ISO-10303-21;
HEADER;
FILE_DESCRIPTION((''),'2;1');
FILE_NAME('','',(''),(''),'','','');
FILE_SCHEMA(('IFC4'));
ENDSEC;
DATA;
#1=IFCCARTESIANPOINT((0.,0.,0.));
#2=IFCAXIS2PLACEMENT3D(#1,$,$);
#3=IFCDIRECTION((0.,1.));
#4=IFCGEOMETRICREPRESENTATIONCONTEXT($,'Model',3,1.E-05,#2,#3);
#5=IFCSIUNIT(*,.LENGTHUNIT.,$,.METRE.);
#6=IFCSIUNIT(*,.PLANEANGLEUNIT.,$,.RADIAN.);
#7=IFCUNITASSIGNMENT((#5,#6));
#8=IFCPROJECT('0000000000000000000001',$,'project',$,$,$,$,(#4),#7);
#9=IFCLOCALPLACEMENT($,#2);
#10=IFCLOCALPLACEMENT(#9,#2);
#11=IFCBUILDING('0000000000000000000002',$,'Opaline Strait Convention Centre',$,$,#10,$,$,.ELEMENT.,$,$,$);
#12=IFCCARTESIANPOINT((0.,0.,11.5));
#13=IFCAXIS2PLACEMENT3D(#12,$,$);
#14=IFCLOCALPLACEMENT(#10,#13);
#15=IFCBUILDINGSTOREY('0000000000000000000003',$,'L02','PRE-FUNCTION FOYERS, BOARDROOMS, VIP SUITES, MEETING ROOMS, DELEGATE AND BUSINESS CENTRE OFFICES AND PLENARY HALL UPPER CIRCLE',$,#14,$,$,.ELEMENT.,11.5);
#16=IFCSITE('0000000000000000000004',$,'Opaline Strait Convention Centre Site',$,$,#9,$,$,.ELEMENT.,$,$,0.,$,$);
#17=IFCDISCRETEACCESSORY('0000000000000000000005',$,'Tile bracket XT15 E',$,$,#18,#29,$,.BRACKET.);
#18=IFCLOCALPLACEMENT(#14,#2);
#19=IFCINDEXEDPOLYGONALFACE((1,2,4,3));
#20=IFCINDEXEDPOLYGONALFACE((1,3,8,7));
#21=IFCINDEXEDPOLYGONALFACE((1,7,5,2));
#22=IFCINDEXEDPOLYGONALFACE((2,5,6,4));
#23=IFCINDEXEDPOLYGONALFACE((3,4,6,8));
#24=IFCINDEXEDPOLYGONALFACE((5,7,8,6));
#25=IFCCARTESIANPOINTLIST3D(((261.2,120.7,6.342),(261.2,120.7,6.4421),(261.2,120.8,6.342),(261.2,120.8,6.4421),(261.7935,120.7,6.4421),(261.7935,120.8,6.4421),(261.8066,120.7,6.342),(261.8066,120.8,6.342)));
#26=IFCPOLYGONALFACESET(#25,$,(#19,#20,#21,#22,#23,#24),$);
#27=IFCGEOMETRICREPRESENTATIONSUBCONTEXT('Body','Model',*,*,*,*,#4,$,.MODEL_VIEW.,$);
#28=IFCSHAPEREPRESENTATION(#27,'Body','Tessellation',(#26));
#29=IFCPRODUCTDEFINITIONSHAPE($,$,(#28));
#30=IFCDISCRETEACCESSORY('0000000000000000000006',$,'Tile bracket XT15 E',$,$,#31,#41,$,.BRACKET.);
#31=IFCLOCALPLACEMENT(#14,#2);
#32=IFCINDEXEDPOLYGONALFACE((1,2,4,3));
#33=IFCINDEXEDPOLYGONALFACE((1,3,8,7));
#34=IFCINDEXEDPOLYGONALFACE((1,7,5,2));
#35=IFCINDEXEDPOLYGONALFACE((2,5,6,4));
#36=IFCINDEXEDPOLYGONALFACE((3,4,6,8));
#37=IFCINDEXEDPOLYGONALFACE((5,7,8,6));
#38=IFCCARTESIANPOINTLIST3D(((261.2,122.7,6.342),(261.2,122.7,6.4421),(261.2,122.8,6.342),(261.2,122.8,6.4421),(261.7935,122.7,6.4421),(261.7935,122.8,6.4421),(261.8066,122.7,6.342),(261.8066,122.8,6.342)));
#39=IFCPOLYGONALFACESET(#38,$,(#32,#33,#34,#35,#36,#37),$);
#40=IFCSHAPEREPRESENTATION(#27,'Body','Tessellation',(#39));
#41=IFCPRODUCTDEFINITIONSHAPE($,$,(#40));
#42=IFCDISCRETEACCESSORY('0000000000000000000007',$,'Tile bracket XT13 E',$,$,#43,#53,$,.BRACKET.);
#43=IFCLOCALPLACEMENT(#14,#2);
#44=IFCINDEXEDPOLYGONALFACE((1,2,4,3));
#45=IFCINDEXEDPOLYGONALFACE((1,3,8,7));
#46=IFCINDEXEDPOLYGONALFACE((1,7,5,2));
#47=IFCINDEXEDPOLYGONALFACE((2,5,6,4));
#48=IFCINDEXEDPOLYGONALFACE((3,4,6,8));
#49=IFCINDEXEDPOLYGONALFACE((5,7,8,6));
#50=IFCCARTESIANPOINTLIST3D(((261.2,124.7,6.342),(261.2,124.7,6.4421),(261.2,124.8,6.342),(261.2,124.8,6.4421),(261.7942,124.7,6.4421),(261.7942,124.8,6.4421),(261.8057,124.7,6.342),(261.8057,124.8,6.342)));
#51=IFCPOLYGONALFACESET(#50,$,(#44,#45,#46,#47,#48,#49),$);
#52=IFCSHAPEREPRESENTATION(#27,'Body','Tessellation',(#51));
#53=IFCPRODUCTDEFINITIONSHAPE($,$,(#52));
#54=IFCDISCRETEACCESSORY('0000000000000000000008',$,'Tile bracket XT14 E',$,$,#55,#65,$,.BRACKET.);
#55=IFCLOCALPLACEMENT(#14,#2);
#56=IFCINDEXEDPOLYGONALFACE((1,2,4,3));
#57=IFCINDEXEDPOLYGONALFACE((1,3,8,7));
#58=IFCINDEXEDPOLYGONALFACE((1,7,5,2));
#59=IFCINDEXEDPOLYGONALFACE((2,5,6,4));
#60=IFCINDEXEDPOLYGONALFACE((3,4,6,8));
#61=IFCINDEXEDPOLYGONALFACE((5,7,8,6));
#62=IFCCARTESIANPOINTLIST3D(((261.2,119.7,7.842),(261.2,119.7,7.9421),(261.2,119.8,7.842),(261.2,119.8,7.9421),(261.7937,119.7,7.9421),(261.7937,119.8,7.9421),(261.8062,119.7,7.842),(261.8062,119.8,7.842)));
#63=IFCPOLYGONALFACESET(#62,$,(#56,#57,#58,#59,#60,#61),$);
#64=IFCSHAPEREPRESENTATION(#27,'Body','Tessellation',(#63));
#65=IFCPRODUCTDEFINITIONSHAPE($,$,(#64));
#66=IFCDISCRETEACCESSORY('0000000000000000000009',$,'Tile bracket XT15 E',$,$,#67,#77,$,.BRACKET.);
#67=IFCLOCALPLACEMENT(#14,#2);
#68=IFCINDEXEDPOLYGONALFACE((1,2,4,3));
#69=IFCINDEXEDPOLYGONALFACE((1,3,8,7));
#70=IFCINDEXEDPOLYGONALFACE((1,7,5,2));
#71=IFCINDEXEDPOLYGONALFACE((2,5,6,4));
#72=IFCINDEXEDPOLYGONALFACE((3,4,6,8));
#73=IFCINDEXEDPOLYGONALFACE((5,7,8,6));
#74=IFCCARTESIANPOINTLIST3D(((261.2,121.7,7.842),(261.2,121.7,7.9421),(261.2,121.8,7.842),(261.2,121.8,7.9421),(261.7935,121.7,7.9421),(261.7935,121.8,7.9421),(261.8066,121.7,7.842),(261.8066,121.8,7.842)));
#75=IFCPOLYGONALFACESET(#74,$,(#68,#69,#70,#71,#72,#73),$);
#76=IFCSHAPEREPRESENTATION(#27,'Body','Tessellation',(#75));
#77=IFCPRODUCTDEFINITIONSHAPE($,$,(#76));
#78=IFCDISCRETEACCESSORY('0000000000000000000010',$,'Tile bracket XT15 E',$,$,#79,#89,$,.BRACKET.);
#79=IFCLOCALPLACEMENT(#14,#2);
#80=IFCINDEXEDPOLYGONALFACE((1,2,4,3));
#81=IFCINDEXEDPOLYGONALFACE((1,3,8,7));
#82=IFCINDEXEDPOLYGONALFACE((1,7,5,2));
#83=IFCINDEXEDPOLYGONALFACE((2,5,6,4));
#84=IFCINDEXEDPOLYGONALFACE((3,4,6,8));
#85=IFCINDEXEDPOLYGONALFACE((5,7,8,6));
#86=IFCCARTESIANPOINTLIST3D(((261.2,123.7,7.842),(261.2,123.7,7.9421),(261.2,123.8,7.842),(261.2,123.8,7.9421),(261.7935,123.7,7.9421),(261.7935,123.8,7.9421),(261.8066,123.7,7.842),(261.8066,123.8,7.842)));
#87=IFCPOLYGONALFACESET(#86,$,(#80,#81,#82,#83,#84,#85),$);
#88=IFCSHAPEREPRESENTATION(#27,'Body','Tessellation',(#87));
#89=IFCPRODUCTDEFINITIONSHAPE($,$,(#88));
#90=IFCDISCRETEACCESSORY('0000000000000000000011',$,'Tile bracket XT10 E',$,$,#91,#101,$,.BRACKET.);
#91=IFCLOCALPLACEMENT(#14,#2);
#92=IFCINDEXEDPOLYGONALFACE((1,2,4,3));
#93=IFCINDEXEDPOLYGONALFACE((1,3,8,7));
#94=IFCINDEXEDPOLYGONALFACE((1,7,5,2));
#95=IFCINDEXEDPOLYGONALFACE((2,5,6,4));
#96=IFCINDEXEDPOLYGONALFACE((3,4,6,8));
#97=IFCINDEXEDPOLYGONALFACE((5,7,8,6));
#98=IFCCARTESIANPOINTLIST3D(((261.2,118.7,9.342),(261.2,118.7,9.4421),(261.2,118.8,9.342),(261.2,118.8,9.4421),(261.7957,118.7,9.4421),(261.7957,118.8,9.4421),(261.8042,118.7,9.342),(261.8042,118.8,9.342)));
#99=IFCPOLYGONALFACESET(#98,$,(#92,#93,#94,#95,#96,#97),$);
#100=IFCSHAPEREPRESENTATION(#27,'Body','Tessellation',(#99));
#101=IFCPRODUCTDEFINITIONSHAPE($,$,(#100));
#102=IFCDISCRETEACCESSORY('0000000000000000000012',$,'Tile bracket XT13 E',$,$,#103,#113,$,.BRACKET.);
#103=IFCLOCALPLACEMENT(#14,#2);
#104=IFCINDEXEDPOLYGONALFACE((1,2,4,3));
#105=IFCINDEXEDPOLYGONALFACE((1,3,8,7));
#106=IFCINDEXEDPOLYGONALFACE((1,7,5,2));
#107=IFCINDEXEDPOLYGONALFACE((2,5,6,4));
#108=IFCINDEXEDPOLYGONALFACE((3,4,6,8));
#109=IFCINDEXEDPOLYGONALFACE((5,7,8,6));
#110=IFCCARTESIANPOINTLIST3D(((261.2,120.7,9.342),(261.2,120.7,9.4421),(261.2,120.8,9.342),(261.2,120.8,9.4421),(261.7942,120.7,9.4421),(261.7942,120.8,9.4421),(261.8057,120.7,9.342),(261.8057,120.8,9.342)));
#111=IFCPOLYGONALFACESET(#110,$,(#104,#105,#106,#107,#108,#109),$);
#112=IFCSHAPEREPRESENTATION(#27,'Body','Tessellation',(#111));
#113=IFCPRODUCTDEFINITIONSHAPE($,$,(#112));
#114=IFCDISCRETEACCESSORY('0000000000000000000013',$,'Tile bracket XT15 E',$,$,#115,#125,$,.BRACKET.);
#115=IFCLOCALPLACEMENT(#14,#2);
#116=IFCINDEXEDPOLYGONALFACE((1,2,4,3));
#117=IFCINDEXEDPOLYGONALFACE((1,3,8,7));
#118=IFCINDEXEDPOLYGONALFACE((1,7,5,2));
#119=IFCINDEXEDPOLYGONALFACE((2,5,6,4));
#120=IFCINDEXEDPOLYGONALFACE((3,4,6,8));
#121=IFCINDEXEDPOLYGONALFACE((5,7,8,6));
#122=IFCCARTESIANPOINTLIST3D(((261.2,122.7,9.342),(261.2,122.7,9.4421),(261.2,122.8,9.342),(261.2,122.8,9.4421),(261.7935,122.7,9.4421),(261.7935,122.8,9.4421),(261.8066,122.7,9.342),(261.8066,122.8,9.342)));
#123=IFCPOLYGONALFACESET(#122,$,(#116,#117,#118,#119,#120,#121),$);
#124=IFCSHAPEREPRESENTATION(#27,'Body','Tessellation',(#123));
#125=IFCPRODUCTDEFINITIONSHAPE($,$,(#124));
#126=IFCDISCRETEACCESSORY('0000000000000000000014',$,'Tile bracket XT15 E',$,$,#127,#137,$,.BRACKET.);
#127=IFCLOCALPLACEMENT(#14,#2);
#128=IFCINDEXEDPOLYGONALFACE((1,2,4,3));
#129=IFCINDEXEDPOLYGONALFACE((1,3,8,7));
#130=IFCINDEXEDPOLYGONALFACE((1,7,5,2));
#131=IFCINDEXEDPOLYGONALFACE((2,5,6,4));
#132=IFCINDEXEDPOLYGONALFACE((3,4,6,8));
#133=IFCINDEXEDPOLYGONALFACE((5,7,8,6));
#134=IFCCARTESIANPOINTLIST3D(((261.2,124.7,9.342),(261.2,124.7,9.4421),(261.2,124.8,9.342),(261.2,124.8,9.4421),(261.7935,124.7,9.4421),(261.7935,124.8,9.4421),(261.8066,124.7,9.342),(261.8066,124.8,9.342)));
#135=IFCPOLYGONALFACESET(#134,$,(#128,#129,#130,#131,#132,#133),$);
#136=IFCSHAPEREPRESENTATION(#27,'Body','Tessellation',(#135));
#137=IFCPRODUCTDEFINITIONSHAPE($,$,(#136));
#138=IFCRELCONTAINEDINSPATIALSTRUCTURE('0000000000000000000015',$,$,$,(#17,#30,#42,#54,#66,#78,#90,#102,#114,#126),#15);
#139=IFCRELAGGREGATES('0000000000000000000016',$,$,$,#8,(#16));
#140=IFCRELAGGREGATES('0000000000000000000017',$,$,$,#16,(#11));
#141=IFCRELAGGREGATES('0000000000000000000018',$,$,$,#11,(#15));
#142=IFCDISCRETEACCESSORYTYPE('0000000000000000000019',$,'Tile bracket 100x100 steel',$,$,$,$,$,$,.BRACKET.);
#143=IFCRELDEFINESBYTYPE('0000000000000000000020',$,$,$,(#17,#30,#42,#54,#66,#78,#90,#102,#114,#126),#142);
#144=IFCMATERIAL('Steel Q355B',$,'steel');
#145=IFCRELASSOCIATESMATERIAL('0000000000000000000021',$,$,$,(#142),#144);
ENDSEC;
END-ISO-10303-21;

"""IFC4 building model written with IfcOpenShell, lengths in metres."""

from ifc_helpers import new_model, si_unit, direction, frame, origin, place, context, subcontext, project, spatial, polyline, outline, extrude, material, type_object, element, save


model = new_model("IFC4")

# Units and contexts
model_context = context("Model", 3, precision=1e-05, world=origin(), true_north=direction((0.0, 1.0)))
body_context = subcontext(model_context, "Body", "Model", "MODEL_VIEW")
ifc_project = project(units=[si_unit("LENGTHUNIT", "METRE"), si_unit("PLANEANGLEUNIT", "RADIAN")], contexts=[model_context])

# Site, building, storey
site_placement = place(None, origin())
site = spatial("IfcSite", under=ifc_project, at=site_placement, Name="Opaline Strait Convention Centre Site", CompositionType="ELEMENT", RefElevation=0.0)
building_placement = place(site_placement, origin())
building = spatial("IfcBuilding", under=site, at=building_placement, Name="Opaline Strait Convention Centre", CompositionType="ELEMENT")
storey_placement = place(building_placement, frame((0.0, 0.0, 11.5)))
storey = spatial("IfcBuildingStorey", under=building, at=storey_placement, Name="L02", Description="PRE-FUNCTION FOYERS, BOARDROOMS, VIP SUITES, MEETING ROOMS, DELEGATE AND BUSINESS CENTRE OFFICES AND PLENARY HALL UPPER CIRCLE", CompositionType="ELEMENT", Elevation=11.5)

# Shared definitions
ifc_material_1 = material(Name="Steel Q355B", Category="steel")

# Discrete accessories
discrete_accessory_type = type_object("IfcDiscreteAccessoryType", Name="Tile bracket 100x100 steel", PredefinedType="BRACKET", material=ifc_material_1)
for number, where, z_axis, x_axis, name in (
    (1, (261.2, 120.7, 6.3921), (0.0, 1.0, 0.0), (-1.0, 0.0, 0.0), "Tile bracket XT15 E"),
    (2, (261.2, 122.7, 6.3921), (0.0, 1.0, 0.0), (-1.0, 0.0, 0.0), "Tile bracket XT15 E"),
):
    element("IfcDiscreteAccessory", number, at=place(storey_placement, frame(where, z_axis=z_axis, x_axis=x_axis)), inside=storey, type_object=discrete_accessory_type, Name=name, PredefinedType="BRACKET", context=body_context, shape_type="SweptSolid", body=[
        extrude(outline(polyline([(0.0, -0.05), (0.0, 0.05), (-0.5935, 0.05), (-0.6067, -0.05), (0.0, -0.05)])), origin(), (0.0, 0.0, 1.0), 0.1001),
    ])
discrete_accessory_1_placement = place(storey_placement, frame((261.2, 124.7, 6.3921), z_axis=(0.0, 1.0, 0.0), x_axis=(-1.0, 0.0, 0.0)))
element("IfcDiscreteAccessory", 3, at=discrete_accessory_1_placement, inside=storey, type_object=discrete_accessory_type, Name="Tile bracket XT13 E", PredefinedType="BRACKET", context=body_context, shape_type="SweptSolid", body=[
    extrude(outline(polyline([(0.0, -0.05), (0.0, 0.05), (-0.5942, 0.05), (-0.6057, -0.05), (0.0, -0.05)])), origin(), (0.0, 0.0, 1.0), 0.1001),
])
discrete_accessory_2_placement = place(storey_placement, frame((261.2, 119.7, 7.8921), z_axis=(0.0, 1.0, 0.0), x_axis=(-1.0, 0.0, 0.0)))
element("IfcDiscreteAccessory", 4, at=discrete_accessory_2_placement, inside=storey, type_object=discrete_accessory_type, Name="Tile bracket XT14 E", PredefinedType="BRACKET", context=body_context, shape_type="SweptSolid", body=[
    extrude(outline(polyline([(0.0, -0.05), (0.0, 0.05), (-0.5938, 0.05), (-0.6062, -0.05), (0.0, -0.05)])), origin(), (0.0, 0.0, 1.0), 0.1001),
])
for number, where, z_axis, x_axis, name in (
    (5, (261.2, 121.7, 7.8921), (0.0, 1.0, 0.0), (-1.0, 0.0, 0.0), "Tile bracket XT15 E"),
    (6, (261.2, 123.7, 7.8921), (0.0, 1.0, 0.0), (-1.0, 0.0, 0.0), "Tile bracket XT15 E"),
):
    element("IfcDiscreteAccessory", number, at=place(storey_placement, frame(where, z_axis=z_axis, x_axis=x_axis)), inside=storey, type_object=discrete_accessory_type, Name=name, PredefinedType="BRACKET", context=body_context, shape_type="SweptSolid", body=[
        extrude(outline(polyline([(0.0, -0.05), (0.0, 0.05), (-0.5935, 0.05), (-0.6067, -0.05), (0.0, -0.05)])), origin(), (0.0, 0.0, 1.0), 0.1001),
    ])
discrete_accessory_3_placement = place(storey_placement, frame((261.2, 118.7, 9.3921), z_axis=(0.0, 1.0, 0.0), x_axis=(-1.0, 0.0, 0.0)))
element("IfcDiscreteAccessory", 7, at=discrete_accessory_3_placement, inside=storey, type_object=discrete_accessory_type, Name="Tile bracket XT10 E", PredefinedType="BRACKET", context=body_context, shape_type="SweptSolid", body=[
    extrude(outline(polyline([(0.0, -0.05), (0.0, 0.05), (-0.5957, 0.05), (-0.6042, -0.05), (0.0, -0.05)])), origin(), (0.0, 0.0, 1.0), 0.1001),
])
discrete_accessory_4_placement = place(storey_placement, frame((261.2, 120.7, 9.3921), z_axis=(0.0, 1.0, 0.0), x_axis=(-1.0, 0.0, 0.0)))
element("IfcDiscreteAccessory", 8, at=discrete_accessory_4_placement, inside=storey, type_object=discrete_accessory_type, Name="Tile bracket XT13 E", PredefinedType="BRACKET", context=body_context, shape_type="SweptSolid", body=[
    extrude(outline(polyline([(0.0, -0.05), (0.0, 0.05), (-0.5942, 0.05), (-0.6057, -0.05), (0.0, -0.05)])), origin(), (0.0, 0.0, 1.0), 0.1001),
])
for number, where, z_axis, x_axis, name in (
    (9, (261.2, 122.7, 9.3921), (0.0, 1.0, 0.0), (-1.0, 0.0, 0.0), "Tile bracket XT15 E"),
    (10, (261.2, 124.7, 9.3921), (0.0, 1.0, 0.0), (-1.0, 0.0, 0.0), "Tile bracket XT15 E"),
):
    element("IfcDiscreteAccessory", number, at=place(storey_placement, frame(where, z_axis=z_axis, x_axis=x_axis)), inside=storey, type_object=discrete_accessory_type, Name=name, PredefinedType="BRACKET", context=body_context, shape_type="SweptSolid", body=[
        extrude(outline(polyline([(0.0, -0.05), (0.0, 0.05), (-0.5935, 0.05), (-0.6067, -0.05), (0.0, -0.05)])), origin(), (0.0, 0.0, 1.0), 0.1001),
    ])

save(model, "model.ifc")
